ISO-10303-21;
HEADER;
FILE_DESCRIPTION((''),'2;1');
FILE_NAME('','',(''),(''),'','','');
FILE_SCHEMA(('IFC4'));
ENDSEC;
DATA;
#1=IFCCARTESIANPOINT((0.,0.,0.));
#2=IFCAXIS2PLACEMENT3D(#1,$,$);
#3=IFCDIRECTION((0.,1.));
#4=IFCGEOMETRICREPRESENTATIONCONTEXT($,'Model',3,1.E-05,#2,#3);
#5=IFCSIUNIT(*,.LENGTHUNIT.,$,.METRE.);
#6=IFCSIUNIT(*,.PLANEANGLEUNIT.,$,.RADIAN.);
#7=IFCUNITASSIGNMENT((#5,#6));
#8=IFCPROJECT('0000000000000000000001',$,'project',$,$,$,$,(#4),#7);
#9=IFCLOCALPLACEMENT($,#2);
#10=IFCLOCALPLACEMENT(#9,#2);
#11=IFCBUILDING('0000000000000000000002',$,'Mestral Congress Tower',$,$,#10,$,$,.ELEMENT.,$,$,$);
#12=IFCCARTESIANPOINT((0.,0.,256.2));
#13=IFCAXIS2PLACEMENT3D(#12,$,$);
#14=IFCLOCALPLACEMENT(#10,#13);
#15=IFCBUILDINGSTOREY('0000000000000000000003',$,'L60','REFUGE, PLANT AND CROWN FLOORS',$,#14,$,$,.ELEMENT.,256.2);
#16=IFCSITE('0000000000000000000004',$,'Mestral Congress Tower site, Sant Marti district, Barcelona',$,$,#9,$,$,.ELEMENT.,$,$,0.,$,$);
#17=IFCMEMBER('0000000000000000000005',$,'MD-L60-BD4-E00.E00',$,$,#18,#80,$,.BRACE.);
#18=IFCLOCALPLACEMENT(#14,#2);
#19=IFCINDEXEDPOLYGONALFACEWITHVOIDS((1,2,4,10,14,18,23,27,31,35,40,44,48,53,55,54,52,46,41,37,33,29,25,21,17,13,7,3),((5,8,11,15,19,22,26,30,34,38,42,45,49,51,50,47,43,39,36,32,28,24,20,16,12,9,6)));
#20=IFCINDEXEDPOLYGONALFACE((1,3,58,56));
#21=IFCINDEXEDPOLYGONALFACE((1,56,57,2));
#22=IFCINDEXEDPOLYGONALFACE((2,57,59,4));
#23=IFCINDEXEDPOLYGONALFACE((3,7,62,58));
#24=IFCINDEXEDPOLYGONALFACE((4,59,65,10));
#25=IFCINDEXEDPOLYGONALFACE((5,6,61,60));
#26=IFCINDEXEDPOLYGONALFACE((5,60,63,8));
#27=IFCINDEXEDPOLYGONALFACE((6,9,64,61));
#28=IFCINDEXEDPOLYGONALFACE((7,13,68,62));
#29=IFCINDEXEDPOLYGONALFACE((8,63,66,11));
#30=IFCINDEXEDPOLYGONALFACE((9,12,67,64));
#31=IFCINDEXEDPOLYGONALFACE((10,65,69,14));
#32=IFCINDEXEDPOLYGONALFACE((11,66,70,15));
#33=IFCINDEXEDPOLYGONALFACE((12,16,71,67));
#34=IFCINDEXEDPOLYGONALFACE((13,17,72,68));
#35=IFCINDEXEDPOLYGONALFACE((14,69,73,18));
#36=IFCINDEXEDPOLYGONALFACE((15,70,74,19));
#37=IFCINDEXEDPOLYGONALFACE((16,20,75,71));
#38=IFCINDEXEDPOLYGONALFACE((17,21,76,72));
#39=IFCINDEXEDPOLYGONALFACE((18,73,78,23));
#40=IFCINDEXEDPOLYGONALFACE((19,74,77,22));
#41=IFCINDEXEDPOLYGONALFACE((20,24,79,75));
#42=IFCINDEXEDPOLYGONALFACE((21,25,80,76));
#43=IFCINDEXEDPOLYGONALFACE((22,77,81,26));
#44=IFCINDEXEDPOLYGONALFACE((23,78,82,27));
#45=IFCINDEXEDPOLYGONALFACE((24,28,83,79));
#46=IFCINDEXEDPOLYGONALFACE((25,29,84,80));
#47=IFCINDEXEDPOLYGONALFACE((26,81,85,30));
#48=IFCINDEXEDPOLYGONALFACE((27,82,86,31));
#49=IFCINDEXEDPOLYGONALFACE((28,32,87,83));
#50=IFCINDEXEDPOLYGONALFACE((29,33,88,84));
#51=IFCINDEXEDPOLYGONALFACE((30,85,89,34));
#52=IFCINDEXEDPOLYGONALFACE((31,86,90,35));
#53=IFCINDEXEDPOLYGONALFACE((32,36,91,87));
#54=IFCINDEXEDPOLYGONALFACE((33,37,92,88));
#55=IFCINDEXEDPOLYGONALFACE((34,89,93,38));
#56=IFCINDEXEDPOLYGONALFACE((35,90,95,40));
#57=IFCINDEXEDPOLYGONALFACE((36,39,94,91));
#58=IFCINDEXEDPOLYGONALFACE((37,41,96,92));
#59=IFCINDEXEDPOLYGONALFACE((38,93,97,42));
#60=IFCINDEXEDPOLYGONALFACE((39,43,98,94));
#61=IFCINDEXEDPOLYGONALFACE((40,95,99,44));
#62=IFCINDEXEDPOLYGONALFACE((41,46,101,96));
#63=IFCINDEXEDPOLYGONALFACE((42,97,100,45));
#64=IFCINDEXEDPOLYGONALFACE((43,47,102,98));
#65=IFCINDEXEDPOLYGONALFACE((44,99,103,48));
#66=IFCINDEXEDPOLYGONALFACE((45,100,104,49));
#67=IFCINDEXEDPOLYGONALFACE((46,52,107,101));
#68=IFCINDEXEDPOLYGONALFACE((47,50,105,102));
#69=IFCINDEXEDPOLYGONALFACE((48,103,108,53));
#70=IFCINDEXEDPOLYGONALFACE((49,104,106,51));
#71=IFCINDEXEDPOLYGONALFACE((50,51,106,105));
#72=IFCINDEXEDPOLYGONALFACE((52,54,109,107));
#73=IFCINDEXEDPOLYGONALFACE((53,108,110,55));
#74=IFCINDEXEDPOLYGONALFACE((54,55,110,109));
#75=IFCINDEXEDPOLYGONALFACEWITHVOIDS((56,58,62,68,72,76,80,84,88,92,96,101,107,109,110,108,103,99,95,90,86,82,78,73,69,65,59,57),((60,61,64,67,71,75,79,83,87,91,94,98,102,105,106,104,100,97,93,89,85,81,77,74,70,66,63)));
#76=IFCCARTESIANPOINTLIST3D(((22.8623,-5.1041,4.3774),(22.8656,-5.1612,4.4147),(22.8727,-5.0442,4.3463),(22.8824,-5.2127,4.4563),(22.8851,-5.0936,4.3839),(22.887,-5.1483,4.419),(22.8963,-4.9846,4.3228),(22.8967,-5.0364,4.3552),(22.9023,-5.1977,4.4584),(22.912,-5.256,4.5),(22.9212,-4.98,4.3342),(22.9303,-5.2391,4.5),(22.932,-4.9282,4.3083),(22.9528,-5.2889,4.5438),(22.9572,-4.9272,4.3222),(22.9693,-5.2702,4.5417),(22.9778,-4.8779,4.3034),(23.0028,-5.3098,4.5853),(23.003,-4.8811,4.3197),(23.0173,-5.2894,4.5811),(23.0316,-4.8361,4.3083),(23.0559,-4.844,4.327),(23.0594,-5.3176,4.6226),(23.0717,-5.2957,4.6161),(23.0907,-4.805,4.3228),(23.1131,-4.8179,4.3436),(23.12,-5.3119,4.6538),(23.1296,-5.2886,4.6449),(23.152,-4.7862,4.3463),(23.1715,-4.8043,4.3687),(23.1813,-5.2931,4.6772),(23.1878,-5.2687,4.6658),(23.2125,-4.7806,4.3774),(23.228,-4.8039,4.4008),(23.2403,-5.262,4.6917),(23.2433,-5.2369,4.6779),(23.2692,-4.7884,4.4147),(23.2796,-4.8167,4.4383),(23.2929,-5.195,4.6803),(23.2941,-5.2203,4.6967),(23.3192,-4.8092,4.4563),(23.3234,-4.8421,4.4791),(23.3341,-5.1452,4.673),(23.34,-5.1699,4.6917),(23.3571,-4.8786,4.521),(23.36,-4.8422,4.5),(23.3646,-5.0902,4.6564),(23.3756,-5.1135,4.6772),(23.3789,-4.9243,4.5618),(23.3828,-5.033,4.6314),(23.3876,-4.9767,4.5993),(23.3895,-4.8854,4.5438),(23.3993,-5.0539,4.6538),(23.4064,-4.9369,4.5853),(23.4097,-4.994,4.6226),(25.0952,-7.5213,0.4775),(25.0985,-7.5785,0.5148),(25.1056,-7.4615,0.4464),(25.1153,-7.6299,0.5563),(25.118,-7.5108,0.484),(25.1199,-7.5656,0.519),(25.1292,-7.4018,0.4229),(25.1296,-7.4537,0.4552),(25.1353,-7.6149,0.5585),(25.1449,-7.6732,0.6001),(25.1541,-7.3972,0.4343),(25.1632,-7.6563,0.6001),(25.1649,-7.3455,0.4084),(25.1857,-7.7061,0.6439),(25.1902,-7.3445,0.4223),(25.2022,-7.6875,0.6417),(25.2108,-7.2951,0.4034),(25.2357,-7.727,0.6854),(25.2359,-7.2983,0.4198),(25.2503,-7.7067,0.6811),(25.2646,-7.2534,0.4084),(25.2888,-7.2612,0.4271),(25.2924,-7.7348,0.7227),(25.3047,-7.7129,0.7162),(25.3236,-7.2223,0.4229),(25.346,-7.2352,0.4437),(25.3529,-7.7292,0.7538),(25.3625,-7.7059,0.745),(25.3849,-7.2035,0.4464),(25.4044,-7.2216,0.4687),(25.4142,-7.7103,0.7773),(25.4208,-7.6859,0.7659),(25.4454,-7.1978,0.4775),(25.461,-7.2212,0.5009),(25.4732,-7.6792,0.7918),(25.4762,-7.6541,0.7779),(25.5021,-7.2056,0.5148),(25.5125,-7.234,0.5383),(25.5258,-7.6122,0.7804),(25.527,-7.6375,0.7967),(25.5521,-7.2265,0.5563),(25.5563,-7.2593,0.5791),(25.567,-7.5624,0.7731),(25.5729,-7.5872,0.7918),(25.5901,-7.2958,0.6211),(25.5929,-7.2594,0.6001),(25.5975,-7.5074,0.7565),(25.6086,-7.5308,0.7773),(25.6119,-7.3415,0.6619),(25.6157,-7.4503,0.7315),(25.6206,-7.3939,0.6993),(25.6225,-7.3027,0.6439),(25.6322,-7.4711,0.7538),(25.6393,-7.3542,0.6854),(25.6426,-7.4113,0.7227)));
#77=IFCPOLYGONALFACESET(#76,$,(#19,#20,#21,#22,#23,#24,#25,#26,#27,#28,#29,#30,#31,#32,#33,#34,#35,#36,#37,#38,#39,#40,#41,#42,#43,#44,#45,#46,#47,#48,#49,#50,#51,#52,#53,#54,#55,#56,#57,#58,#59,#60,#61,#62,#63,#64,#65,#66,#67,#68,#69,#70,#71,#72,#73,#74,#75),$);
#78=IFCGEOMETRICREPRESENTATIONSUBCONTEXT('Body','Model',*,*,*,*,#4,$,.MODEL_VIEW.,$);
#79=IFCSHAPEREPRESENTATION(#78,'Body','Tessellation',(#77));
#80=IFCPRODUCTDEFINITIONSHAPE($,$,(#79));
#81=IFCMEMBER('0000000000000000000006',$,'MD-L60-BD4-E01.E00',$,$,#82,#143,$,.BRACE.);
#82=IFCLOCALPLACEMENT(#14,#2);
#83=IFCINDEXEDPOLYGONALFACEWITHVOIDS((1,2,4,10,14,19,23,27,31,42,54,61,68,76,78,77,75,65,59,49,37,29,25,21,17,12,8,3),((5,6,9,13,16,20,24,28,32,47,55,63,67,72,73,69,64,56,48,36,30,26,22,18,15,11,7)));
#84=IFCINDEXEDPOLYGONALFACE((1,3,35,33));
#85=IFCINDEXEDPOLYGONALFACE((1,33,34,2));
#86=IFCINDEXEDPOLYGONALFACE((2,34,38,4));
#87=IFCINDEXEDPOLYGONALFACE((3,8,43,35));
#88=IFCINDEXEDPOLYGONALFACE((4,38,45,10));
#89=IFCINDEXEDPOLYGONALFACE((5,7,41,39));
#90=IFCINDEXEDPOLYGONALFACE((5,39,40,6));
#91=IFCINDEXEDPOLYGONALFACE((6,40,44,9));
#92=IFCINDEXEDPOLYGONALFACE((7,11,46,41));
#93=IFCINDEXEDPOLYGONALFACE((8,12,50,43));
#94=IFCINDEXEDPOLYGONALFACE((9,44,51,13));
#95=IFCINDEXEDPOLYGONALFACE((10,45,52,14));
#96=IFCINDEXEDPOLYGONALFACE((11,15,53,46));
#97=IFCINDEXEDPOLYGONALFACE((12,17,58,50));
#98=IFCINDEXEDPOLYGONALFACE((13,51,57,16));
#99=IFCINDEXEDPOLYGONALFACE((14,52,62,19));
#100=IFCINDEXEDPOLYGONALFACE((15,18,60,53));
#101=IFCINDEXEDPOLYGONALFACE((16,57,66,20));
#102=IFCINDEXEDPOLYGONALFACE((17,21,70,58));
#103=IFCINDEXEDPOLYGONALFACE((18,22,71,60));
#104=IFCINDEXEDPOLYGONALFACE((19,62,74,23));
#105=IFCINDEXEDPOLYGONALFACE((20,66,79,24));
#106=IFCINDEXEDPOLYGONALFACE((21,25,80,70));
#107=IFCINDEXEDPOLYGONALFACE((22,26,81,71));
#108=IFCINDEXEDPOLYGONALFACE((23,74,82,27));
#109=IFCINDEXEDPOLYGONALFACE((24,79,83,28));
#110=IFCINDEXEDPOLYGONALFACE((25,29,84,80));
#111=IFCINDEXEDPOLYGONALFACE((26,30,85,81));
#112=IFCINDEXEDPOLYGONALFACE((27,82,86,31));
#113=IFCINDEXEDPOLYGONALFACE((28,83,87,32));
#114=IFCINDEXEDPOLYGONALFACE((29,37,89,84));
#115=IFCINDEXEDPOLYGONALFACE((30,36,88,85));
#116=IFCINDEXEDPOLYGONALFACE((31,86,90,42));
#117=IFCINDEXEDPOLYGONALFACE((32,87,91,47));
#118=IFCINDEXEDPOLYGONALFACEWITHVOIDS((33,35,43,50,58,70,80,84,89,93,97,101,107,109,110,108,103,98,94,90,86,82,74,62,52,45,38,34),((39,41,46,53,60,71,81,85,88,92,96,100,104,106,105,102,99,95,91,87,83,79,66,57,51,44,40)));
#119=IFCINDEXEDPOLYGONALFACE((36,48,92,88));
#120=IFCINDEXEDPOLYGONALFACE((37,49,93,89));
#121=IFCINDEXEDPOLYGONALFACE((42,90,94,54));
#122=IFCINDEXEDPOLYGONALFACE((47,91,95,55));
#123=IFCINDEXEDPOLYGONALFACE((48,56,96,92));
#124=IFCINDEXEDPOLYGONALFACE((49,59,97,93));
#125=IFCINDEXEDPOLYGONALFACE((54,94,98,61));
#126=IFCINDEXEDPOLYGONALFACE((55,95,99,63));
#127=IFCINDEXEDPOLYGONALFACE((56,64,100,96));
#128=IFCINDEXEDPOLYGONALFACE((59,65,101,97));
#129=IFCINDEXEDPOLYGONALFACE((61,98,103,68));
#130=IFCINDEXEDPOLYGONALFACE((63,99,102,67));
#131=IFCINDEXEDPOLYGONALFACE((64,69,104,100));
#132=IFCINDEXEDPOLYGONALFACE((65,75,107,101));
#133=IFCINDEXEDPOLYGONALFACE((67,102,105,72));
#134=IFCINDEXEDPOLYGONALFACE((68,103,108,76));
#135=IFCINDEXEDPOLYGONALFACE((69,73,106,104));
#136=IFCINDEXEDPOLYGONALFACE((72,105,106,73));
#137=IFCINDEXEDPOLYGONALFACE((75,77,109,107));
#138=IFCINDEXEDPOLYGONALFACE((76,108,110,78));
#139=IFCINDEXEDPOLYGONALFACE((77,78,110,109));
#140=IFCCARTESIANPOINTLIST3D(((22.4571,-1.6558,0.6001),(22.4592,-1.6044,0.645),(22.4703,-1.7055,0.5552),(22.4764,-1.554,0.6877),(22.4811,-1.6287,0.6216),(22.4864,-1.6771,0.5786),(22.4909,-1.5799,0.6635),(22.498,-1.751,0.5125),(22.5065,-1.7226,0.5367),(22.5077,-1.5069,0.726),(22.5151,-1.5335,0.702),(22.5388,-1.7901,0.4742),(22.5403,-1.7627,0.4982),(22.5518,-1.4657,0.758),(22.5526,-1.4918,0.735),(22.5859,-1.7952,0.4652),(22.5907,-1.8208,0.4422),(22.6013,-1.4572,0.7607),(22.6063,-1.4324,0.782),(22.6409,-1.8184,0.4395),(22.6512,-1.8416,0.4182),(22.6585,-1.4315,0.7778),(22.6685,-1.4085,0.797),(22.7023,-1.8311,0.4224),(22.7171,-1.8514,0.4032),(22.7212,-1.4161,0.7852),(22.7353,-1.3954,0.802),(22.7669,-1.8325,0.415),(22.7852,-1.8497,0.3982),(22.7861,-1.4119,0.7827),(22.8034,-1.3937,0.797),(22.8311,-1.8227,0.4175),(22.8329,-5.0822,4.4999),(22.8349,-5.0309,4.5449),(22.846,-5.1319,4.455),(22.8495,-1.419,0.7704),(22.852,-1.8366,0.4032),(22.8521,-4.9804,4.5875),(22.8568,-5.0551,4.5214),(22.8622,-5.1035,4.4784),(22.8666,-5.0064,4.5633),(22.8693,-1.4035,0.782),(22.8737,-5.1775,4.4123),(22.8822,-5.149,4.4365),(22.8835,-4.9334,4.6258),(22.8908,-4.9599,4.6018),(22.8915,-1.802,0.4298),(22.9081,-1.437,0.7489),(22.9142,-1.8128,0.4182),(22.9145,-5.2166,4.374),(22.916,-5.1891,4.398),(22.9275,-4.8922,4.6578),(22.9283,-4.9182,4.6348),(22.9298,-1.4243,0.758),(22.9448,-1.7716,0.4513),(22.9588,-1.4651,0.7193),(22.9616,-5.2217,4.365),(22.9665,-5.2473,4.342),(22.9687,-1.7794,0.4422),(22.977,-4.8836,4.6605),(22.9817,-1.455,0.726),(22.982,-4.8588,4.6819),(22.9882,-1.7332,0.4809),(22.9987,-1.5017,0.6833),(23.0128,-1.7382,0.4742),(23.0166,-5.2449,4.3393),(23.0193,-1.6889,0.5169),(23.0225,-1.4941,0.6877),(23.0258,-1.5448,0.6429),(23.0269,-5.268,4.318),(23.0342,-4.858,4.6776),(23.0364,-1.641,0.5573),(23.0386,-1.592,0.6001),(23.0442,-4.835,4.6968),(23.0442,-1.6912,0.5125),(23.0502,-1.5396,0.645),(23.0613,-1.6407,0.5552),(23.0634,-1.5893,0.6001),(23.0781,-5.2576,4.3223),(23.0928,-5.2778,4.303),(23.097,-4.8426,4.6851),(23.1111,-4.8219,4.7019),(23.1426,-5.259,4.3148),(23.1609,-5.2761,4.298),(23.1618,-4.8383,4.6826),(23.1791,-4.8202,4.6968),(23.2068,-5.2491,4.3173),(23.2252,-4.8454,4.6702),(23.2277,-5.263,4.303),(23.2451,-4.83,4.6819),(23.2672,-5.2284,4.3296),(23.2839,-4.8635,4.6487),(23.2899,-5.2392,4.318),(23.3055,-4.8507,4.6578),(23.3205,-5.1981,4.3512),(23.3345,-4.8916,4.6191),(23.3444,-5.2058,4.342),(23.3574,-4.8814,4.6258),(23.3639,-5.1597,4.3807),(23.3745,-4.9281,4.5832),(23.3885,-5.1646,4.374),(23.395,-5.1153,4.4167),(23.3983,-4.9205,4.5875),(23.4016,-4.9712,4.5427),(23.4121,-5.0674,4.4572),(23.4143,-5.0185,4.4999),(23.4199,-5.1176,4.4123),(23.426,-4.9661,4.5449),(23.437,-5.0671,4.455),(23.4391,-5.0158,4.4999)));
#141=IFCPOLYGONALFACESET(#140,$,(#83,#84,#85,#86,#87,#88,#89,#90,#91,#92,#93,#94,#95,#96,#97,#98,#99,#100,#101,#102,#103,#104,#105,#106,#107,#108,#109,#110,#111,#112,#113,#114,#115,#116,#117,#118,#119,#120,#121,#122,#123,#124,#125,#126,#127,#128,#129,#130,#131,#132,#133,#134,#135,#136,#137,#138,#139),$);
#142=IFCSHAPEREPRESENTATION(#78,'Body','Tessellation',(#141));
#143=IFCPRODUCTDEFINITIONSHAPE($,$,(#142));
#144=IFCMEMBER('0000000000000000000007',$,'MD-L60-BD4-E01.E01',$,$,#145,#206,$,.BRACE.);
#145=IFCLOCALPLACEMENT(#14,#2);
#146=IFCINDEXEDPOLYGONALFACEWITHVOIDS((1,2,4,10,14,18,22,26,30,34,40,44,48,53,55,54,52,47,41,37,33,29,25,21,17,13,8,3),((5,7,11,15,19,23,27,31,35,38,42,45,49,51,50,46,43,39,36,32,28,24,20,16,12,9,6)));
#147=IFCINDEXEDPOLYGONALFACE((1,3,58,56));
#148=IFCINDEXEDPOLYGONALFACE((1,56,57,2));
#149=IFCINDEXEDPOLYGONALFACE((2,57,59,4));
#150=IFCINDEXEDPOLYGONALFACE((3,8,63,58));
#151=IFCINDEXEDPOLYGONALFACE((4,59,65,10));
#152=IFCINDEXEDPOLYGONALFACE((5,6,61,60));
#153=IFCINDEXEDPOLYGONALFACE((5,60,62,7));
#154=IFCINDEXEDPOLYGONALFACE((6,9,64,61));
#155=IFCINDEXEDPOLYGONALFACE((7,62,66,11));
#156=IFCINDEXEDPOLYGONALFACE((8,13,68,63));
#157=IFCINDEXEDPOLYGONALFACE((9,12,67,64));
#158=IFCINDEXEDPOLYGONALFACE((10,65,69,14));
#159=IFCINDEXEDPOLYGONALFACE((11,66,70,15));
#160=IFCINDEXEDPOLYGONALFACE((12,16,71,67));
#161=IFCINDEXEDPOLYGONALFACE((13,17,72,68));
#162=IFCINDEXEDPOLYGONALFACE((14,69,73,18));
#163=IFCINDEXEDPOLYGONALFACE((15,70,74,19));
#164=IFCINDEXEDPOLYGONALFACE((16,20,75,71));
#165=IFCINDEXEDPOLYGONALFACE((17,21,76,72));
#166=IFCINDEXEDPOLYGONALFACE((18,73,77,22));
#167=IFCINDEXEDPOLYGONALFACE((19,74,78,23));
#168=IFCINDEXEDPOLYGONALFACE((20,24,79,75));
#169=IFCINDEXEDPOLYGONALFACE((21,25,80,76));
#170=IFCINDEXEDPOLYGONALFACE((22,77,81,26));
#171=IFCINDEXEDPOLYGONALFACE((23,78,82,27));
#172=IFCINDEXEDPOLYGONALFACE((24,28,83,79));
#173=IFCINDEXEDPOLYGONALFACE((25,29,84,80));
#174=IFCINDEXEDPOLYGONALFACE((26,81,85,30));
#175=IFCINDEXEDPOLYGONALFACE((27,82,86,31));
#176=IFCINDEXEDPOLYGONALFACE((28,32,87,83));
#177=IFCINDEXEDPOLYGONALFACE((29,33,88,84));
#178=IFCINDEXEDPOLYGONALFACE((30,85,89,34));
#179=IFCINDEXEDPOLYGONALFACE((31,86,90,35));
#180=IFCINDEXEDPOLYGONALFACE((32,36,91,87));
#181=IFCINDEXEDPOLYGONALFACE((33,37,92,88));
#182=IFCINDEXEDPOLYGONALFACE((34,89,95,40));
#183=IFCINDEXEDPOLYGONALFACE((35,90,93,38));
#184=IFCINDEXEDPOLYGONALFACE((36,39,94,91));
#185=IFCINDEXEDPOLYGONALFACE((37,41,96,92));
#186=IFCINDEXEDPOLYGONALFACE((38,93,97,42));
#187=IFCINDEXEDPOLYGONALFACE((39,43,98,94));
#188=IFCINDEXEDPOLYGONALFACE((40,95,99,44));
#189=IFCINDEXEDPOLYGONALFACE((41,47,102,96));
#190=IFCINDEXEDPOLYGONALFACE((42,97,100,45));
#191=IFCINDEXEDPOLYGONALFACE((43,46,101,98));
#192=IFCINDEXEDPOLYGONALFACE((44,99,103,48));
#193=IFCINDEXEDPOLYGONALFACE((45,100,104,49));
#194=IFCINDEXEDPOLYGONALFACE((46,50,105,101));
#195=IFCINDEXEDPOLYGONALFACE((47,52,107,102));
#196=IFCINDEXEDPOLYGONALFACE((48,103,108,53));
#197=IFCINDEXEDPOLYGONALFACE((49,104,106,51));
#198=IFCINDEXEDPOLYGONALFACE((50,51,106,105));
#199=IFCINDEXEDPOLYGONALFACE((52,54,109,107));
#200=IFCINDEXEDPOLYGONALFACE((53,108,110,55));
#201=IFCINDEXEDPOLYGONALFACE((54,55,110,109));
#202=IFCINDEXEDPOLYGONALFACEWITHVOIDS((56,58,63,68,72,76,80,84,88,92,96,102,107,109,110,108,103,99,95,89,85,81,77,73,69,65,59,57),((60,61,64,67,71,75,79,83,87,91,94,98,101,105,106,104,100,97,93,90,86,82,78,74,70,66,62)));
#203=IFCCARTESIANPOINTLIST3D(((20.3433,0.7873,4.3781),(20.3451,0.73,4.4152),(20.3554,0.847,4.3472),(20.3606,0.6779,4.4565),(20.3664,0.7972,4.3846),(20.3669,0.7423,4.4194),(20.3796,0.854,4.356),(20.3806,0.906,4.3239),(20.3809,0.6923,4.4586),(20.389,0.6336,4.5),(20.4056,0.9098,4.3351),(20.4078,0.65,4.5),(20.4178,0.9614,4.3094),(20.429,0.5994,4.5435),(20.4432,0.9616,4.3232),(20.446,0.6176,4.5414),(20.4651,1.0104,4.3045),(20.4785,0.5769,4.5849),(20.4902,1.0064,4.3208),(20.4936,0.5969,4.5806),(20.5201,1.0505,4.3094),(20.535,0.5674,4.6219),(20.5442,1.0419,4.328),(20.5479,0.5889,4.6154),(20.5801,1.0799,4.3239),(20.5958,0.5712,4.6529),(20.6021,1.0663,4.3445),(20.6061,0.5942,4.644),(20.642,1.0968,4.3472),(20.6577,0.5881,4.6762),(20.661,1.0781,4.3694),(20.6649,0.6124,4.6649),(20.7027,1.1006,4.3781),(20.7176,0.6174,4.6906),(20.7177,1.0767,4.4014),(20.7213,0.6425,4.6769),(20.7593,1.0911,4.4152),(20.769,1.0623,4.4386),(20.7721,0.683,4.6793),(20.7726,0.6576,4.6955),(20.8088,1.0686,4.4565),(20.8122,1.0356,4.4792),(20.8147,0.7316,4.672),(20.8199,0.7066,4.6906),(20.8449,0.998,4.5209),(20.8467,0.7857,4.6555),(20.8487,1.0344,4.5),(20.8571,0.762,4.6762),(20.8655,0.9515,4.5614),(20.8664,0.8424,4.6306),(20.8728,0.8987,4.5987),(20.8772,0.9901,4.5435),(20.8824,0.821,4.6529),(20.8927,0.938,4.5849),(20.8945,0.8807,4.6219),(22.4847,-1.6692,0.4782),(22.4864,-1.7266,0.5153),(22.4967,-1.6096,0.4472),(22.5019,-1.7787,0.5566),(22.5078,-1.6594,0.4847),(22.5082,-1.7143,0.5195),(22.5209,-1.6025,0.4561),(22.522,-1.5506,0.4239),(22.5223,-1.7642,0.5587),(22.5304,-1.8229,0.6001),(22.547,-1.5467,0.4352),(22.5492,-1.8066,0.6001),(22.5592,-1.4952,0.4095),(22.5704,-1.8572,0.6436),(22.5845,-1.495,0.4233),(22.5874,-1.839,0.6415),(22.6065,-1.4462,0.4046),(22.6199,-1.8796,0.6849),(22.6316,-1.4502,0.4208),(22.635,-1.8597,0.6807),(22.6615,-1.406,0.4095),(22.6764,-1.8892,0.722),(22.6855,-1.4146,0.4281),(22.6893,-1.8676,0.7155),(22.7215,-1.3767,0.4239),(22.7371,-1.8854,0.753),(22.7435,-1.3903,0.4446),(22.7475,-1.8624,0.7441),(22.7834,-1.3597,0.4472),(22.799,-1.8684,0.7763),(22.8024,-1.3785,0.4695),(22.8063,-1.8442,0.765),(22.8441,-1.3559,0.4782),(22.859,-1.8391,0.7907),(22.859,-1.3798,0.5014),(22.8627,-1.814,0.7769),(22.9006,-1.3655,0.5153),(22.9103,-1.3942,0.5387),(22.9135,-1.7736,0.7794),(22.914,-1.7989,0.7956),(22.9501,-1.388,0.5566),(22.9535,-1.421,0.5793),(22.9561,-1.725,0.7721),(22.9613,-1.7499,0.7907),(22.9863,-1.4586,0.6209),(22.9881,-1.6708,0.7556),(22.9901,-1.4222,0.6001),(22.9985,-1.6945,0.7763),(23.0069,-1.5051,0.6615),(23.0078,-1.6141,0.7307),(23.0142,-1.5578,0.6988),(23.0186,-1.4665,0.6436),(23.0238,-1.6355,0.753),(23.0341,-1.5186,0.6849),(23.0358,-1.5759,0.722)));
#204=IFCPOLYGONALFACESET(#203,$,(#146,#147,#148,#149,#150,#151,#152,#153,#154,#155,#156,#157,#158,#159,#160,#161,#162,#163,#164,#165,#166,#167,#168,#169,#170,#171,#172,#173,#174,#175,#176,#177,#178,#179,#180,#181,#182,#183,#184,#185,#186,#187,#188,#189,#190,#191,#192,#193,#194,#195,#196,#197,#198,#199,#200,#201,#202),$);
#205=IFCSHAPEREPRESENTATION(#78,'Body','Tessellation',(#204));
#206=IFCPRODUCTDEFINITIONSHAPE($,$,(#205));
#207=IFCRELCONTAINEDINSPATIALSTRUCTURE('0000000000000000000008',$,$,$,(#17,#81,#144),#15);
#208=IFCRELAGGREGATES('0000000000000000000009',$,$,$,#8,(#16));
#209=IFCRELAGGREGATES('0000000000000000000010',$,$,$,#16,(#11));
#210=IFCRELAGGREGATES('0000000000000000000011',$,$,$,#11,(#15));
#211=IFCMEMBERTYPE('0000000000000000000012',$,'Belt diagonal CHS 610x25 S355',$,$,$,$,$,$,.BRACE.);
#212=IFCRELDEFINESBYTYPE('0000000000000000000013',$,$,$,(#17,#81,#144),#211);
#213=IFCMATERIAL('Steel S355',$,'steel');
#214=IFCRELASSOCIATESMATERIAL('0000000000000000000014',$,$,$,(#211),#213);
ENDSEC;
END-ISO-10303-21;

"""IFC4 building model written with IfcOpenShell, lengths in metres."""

from ifc_helpers import new_model, si_unit, direction, frame, origin, origin_2d, place, context, subcontext, project, spatial, hollow_circle, extrude, material, material_profile, profile_set, type_object, element, save


model = new_model("IFC4")

# Units and contexts
model_context = context("Model", 3, precision=1e-05, world=origin(), true_north=direction((0.0, 1.0)))
body_context = subcontext(model_context, "Body", "Model", "MODEL_VIEW")
ifc_project = project(units=[si_unit("LENGTHUNIT", "METRE"), si_unit("PLANEANGLEUNIT", "RADIAN")], contexts=[model_context])

# Site, building, storey
site_placement = place(None, origin())
site = spatial("IfcSite", under=ifc_project, at=site_placement, Name="Mestral Congress Tower site, Sant Marti district, Barcelona", CompositionType="ELEMENT", RefElevation=0.0)
building_placement = place(site_placement, origin())
building = spatial("IfcBuilding", under=site, at=building_placement, Name="Mestral Congress Tower", CompositionType="ELEMENT")
storey_placement = place(building_placement, frame((0.0, 0.0, 256.2)))
storey = spatial("IfcBuildingStorey", under=building, at=storey_placement, Name="L60", Description="REFUGE, PLANT AND CROWN FLOORS", CompositionType="ELEMENT", Elevation=256.2)

# Members
ifc_material_1 = material(Name="Steel S355", Category="steel")
ifc_material_profile_1 = material_profile(ifc_material_1, hollow_circle(Radius=0.3049, WallThickness=0.0249, at=origin_2d()), Name="CHS 610x25")
ifc_profile_set_1 = profile_set([ifc_material_profile_1], Name="Steel S355")
member_type_1 = type_object("IfcMemberType", Name="Belt diagonal CHS 610x25 S355", PredefinedType="BRACE", material=ifc_profile_set_1)
member_1_placement = place(storey_placement, frame((25.3689, -7.4663, 0.6001), z_axis=(-0.437589, 0.473712, 0.764273), x_axis=(-0.734559, -0.678545, 0.0)))
element("IfcMember", 1, at=member_1_placement, inside=storey, type_object=member_type_1, Name="MD-L60-BD4-E00.E00", PredefinedType="BRACE", context=body_context, shape_type="SweptSolid", body=[
    extrude(hollow_circle(Radius=0.3049, WallThickness=0.0249, at=origin_2d()), origin(), (0.0, 0.0, 1.0), 5.1028),
])
member_2_placement = place(storey_placement, frame((22.7603, -1.6226, 0.6001), z_axis=(0.072188, -0.658319, 0.749269), x_axis=(0.994042, 0.109001, 0.0)))
element("IfcMember", 2, at=member_2_placement, inside=storey, type_object=member_type_1, Name="MD-L60-BD4-E01.E00", PredefinedType="BRACE", context=body_context, shape_type="SweptSolid", body=[
    extrude(hollow_circle(Radius=0.3049, WallThickness=0.0249, at=origin_2d()), origin(), (0.0, 0.0, 1.0), 5.2048),
])
member_3_placement = place(storey_placement, frame((22.7603, -1.6226, 0.6001), z_axis=(-0.421341, 0.483357, 0.767358), x_axis=(-0.75381, -0.657093, 0.0)))
element("IfcMember", 3, at=member_3_placement, inside=storey, type_object=member_type_1, Name="MD-L60-BD4-E01.E01", PredefinedType="BRACE", context=body_context, shape_type="SweptSolid", body=[
    extrude(hollow_circle(Radius=0.3049, WallThickness=0.0249, at=origin_2d()), origin(), (0.0, 0.0, 1.0), 5.0823),
])

save(model, "model.ifc")
